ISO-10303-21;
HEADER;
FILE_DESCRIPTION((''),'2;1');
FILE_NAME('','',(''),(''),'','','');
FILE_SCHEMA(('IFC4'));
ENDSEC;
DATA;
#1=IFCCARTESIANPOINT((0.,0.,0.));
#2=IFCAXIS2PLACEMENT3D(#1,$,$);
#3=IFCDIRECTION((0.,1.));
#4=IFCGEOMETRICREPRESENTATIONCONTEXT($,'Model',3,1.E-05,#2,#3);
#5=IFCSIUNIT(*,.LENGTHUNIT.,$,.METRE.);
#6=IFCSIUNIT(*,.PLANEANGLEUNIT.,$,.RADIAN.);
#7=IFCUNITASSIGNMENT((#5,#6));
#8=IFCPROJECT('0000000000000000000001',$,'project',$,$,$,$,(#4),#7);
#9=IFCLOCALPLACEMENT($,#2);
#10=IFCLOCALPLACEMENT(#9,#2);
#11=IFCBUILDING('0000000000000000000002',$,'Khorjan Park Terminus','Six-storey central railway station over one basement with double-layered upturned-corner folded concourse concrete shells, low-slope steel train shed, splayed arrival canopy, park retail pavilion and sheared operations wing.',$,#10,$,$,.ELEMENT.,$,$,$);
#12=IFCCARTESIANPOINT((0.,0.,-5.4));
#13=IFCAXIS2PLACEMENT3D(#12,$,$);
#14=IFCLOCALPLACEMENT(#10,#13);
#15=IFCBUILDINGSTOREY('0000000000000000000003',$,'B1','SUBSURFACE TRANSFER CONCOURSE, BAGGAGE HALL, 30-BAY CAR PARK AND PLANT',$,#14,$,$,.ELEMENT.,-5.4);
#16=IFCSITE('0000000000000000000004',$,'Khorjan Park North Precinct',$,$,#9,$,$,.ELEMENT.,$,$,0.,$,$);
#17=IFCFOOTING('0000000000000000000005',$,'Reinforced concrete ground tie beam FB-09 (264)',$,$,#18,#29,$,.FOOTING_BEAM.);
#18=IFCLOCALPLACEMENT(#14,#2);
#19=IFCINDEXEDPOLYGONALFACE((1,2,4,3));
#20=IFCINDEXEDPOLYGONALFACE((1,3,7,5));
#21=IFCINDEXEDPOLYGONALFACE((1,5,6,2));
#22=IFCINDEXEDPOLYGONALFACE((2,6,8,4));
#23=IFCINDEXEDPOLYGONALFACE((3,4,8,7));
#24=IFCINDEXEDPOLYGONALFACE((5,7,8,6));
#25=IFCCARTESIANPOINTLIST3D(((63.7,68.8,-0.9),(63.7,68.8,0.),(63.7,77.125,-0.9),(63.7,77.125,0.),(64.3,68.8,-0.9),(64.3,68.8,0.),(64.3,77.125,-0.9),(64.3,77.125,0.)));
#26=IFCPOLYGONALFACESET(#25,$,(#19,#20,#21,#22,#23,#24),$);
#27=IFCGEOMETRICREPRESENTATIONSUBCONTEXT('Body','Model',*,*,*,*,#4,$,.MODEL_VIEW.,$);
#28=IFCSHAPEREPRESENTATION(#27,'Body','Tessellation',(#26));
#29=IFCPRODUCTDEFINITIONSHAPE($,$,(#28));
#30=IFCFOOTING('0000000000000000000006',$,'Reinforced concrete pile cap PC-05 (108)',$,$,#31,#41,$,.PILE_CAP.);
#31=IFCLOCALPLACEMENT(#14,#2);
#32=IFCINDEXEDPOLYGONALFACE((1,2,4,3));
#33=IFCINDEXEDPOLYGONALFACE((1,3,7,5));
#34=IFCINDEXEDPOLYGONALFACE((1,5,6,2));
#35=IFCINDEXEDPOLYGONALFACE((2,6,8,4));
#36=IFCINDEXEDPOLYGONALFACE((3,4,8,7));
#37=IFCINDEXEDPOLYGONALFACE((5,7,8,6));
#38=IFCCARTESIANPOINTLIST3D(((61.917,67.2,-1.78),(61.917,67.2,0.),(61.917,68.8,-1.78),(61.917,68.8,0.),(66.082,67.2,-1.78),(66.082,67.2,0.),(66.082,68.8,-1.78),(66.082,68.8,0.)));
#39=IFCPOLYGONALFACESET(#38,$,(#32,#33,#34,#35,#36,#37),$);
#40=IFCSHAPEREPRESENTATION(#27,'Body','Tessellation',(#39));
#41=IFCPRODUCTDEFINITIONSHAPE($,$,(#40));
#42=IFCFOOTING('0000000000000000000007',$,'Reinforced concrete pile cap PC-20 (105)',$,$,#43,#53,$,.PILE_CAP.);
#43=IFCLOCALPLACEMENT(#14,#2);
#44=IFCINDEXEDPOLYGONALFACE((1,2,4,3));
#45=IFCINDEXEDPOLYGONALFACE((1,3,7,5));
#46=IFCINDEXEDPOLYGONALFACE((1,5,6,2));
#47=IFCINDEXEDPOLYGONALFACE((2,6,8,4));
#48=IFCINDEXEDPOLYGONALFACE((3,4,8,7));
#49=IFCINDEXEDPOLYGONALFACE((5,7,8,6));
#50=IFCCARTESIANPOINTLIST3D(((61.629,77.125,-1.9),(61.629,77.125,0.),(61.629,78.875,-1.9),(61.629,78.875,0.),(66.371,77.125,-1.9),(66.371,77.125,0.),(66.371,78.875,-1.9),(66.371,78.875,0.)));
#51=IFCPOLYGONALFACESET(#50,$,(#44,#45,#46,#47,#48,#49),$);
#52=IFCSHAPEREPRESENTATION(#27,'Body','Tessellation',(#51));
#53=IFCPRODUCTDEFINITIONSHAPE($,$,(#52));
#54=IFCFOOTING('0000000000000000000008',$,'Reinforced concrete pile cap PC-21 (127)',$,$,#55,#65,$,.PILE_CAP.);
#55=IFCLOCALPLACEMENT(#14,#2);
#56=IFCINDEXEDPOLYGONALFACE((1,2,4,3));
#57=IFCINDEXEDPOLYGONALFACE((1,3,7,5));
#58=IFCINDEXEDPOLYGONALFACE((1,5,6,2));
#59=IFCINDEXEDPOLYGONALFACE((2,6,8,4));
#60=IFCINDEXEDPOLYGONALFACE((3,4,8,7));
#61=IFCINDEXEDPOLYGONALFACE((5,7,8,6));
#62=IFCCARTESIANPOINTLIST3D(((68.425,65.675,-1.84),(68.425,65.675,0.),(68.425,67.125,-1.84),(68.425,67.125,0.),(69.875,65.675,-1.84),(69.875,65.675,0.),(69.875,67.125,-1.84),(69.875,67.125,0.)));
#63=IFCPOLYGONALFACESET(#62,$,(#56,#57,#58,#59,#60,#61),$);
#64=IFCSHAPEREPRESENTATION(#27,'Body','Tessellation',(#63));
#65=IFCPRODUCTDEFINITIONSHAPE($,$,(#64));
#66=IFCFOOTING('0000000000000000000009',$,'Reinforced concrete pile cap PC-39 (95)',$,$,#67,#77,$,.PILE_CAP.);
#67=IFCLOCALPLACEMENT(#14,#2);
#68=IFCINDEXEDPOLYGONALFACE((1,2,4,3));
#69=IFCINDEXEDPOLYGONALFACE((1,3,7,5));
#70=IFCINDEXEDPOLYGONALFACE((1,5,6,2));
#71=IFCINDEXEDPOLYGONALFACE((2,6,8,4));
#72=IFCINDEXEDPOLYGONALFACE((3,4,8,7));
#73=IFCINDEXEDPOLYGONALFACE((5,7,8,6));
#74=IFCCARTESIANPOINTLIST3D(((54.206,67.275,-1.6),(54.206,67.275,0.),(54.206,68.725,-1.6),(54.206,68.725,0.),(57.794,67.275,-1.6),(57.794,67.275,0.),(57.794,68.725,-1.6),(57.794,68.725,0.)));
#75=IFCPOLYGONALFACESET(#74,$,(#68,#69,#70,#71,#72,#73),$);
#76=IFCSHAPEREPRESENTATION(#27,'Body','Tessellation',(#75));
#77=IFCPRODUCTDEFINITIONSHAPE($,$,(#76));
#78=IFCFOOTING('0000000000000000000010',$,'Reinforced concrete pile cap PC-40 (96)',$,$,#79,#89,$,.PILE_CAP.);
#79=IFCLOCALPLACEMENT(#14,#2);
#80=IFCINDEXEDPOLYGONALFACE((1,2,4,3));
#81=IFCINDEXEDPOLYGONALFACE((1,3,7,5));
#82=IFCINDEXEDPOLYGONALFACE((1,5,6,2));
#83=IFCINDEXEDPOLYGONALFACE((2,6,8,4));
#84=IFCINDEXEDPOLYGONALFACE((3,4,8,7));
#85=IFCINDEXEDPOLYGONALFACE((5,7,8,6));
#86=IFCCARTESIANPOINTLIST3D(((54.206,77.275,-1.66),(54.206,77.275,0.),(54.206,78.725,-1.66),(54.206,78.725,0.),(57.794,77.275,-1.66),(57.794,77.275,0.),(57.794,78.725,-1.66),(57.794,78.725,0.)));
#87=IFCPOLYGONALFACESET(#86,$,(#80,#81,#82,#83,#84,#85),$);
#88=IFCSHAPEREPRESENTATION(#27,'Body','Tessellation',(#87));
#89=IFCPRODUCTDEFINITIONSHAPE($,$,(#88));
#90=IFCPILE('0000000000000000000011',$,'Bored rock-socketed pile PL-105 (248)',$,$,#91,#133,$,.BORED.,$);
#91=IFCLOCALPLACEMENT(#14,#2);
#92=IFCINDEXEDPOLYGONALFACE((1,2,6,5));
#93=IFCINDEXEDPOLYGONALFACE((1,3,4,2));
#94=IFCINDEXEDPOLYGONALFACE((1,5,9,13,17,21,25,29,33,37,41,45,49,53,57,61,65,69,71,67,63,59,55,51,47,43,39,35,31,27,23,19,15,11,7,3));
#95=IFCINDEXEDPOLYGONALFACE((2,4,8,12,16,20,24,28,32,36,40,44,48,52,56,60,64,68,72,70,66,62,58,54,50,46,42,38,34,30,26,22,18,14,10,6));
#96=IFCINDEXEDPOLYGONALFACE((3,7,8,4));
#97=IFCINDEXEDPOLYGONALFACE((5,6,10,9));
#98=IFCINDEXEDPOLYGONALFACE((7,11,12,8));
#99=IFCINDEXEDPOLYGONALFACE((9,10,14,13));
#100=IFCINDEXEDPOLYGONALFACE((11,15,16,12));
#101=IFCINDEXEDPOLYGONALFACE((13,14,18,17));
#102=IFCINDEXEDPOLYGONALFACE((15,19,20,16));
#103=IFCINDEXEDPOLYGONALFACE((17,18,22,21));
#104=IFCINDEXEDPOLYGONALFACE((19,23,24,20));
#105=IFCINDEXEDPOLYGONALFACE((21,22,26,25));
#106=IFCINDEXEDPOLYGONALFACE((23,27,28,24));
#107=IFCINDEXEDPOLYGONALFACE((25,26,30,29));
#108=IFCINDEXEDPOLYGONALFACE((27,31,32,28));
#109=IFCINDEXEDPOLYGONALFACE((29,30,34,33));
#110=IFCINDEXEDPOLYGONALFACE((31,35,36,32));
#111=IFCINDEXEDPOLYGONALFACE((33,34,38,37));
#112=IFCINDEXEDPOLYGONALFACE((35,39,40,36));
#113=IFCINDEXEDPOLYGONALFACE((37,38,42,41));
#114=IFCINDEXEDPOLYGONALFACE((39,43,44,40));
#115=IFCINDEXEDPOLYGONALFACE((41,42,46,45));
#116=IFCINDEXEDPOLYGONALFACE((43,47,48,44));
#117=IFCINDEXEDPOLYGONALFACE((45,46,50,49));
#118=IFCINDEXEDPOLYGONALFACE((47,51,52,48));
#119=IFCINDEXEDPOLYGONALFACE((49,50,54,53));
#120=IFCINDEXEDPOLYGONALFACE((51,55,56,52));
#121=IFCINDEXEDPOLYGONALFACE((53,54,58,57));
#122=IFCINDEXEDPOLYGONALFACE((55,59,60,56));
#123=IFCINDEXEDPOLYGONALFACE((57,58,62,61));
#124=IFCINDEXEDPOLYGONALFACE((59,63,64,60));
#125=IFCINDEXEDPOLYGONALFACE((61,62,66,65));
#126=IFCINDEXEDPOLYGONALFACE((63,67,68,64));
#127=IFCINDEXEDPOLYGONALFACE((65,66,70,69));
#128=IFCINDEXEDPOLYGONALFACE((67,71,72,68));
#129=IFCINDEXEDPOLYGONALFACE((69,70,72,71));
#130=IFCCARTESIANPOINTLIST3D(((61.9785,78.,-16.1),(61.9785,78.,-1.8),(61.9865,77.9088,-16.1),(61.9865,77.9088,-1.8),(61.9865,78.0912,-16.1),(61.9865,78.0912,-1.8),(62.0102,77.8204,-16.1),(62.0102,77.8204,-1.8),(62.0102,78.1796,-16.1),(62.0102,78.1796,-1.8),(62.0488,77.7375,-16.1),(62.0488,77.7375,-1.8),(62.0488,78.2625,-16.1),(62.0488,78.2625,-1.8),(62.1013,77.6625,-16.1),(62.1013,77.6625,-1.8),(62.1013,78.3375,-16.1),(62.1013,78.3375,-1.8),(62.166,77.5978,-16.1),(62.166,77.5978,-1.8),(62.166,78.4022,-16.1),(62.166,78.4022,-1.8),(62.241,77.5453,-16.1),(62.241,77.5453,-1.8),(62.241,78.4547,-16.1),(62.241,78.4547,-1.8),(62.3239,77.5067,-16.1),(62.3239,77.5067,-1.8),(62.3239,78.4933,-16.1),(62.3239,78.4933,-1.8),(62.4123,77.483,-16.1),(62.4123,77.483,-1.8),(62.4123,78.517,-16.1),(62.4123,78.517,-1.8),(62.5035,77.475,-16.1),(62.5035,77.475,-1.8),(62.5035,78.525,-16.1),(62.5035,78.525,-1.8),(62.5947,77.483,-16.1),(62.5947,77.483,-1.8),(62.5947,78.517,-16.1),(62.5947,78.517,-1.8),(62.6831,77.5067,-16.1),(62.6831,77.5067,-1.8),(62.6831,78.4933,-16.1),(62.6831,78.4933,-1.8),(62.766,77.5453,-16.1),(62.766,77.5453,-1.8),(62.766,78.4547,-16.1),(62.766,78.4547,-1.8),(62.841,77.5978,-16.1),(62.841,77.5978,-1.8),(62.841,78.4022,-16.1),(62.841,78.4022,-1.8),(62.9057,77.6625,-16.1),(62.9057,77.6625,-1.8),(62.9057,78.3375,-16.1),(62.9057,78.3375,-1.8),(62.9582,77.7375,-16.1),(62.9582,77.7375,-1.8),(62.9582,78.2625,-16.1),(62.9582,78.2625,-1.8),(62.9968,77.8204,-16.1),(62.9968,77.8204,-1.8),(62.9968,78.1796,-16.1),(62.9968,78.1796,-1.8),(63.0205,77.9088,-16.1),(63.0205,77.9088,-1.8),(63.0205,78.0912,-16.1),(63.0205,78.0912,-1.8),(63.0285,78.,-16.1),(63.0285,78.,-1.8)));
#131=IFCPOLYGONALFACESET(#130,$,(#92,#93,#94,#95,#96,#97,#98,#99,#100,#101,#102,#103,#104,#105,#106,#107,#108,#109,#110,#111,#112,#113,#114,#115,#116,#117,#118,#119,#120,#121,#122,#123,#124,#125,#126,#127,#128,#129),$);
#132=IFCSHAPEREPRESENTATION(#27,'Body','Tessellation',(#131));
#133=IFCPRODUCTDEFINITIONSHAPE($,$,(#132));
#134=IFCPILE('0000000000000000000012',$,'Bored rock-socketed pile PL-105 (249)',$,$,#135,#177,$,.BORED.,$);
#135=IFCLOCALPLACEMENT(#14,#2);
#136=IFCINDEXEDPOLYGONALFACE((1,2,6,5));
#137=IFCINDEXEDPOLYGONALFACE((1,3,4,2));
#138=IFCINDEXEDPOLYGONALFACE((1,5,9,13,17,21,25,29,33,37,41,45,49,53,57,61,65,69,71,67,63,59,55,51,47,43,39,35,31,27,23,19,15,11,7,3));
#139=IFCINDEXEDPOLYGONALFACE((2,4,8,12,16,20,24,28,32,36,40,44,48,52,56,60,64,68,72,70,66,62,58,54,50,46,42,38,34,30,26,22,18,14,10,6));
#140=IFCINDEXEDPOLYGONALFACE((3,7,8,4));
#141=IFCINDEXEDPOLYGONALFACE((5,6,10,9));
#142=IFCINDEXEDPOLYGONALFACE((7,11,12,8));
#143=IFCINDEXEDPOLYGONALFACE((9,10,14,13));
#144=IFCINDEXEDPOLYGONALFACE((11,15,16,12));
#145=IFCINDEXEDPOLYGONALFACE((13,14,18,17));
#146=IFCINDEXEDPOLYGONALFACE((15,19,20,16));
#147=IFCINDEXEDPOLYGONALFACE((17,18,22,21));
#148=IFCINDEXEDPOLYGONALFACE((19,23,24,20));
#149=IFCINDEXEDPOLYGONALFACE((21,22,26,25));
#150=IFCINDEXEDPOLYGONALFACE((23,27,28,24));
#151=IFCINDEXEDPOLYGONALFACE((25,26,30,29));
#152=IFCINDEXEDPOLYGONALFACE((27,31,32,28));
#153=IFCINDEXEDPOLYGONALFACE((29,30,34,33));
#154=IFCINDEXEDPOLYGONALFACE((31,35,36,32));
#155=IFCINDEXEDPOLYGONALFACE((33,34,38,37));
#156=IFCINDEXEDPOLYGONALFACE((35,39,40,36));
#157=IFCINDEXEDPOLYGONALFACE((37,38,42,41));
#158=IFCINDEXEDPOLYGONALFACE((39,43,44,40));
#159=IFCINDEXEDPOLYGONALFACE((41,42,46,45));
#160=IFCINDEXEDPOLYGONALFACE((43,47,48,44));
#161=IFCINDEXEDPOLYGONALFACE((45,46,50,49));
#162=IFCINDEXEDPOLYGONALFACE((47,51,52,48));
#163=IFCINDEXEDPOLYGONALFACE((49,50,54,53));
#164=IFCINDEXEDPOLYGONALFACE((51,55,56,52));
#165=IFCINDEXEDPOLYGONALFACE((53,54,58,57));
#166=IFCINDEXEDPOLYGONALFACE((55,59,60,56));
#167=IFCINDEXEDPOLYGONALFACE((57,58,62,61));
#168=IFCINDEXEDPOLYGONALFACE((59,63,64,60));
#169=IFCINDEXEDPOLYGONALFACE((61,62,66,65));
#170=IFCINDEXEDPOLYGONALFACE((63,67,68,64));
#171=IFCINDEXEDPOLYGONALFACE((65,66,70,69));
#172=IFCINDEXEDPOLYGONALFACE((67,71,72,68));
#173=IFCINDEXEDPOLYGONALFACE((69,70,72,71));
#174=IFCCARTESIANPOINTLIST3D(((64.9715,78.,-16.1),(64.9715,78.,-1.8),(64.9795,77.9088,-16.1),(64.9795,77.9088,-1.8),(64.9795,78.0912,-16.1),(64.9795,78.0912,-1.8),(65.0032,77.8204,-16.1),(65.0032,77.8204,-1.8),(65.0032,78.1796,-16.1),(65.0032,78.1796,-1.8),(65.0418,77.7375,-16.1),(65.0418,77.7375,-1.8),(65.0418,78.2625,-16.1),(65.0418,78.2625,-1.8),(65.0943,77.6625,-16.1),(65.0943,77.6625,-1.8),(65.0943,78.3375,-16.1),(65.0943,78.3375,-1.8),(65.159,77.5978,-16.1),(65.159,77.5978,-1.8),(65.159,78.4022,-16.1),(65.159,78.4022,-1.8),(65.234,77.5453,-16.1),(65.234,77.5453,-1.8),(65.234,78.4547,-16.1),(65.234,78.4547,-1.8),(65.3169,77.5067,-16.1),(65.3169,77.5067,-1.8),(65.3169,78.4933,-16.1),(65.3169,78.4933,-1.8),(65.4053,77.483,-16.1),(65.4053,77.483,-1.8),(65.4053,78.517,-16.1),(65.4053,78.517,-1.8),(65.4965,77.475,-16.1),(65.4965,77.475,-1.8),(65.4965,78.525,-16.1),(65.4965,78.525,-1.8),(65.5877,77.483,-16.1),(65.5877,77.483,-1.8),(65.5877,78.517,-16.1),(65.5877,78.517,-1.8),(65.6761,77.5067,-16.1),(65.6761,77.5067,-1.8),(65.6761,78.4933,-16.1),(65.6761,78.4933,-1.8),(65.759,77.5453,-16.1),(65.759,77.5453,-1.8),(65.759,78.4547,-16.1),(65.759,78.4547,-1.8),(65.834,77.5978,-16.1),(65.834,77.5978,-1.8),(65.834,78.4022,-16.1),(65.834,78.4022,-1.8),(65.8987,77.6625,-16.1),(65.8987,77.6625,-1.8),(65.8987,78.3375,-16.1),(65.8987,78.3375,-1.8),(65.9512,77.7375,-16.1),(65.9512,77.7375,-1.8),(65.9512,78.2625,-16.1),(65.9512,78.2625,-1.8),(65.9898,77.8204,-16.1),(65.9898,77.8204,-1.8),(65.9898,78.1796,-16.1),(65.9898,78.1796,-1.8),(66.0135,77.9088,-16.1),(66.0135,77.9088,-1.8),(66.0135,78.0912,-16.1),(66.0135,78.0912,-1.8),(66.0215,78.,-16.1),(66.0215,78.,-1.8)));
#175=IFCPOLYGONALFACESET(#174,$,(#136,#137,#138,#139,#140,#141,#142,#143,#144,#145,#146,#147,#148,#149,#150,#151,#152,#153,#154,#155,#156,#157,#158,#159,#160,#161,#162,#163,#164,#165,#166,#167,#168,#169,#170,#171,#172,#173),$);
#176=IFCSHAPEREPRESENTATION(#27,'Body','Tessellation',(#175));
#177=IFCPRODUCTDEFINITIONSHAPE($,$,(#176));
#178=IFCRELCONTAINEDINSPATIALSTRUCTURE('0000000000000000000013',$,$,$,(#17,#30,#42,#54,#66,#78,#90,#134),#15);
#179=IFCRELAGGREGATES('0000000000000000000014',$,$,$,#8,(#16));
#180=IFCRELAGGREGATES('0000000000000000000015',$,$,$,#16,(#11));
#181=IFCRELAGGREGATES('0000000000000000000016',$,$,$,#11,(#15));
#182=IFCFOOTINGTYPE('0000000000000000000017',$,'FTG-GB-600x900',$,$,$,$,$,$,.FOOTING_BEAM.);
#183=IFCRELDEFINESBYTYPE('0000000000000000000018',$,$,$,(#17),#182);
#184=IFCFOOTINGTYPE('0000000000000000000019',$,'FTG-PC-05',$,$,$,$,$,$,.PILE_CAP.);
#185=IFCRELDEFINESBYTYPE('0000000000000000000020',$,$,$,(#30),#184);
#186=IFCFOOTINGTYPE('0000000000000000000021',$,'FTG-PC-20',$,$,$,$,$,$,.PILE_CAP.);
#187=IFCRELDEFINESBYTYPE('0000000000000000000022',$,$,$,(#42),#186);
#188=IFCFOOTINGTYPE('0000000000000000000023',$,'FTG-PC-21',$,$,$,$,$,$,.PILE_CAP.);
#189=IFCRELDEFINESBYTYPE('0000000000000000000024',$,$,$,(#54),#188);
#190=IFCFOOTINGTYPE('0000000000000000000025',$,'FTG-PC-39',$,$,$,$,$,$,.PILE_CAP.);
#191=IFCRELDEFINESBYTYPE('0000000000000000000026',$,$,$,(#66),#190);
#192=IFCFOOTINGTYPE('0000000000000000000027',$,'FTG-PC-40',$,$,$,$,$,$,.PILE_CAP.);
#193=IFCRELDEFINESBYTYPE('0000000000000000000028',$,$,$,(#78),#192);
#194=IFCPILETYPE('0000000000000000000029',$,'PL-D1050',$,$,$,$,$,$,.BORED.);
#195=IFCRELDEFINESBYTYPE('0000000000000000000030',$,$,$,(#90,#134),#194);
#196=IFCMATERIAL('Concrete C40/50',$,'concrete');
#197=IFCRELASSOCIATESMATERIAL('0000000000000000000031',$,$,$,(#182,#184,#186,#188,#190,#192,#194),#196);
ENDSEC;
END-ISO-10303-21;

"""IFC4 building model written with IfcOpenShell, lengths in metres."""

from ifc_helpers import new_model, si_unit, direction, frame, origin, origin_2d, place, context, subcontext, project, spatial, rectangle, circle, extrude, material, material_profile, profile_set, type_object, element, save


model = new_model("IFC4")

# Units and contexts
model_context = context("Model", 3, precision=1e-05, world=origin(), true_north=direction((0.0, 1.0)))
body_context = subcontext(model_context, "Body", "Model", "MODEL_VIEW")
ifc_project = project(units=[si_unit("LENGTHUNIT", "METRE"), si_unit("PLANEANGLEUNIT", "RADIAN")], contexts=[model_context])

# Site, building, storey
site_placement = place(None, origin())
site = spatial("IfcSite", under=ifc_project, at=site_placement, Name="Khorjan Park North Precinct", CompositionType="ELEMENT", RefElevation=0.0)
building_placement = place(site_placement, origin())
building = spatial("IfcBuilding", under=site, at=building_placement, Name="Khorjan Park Terminus", Description="Six-storey central railway station over one basement with double-layered upturned-corner folded concourse concrete shells, low-slope steel train shed, splayed arrival canopy, park retail pavilion and sheared operations wing.", CompositionType="ELEMENT")
storey_placement = place(building_placement, frame((0.0, 0.0, -5.4)))
storey = spatial("IfcBuildingStorey", under=building, at=storey_placement, Name="B1", Description="SUBSURFACE TRANSFER CONCOURSE, BAGGAGE HALL, 30-BAY CAR PARK AND PLANT", CompositionType="ELEMENT", Elevation=-5.4)

# Footings
ifc_material_1 = material(Name="Concrete C40/50", Category="concrete")
ifc_material_profile_1 = material_profile(ifc_material_1, rectangle(XDim=0.6, YDim=0.9, at=origin_2d()), Name="RC 600x900")
ifc_profile_set_1 = profile_set([ifc_material_profile_1], Name="Concrete C40/50")
footing_type_1 = type_object("IfcFootingType", Name="FTG-GB-600x900", PredefinedType="FOOTING_BEAM", material=ifc_profile_set_1)
footing_1_placement = place(storey_placement, frame((64.0, 68.8, -0.45), z_axis=(0.0, 1.0, 0.0), x_axis=(-1.0, 0.0, 0.0)))
element("IfcFooting", 1, at=footing_1_placement, inside=storey, type_object=footing_type_1, Name="Reinforced concrete ground tie beam FB-09 (264)", PredefinedType="FOOTING_BEAM", context=body_context, shape_type="SweptSolid", body=[
    extrude(rectangle(XDim=0.6, YDim=0.9, at=origin_2d()), origin(), (0.0, 0.0, 1.0), 8.325),
])
footing_type_2 = type_object("IfcFootingType", Name="FTG-PC-05", PredefinedType="PILE_CAP", material=ifc_material_1)
footing_2_placement = place(storey_placement, frame((63.9995, 68.0, -1.78), z_axis=(0.0, 0.0, 1.0), x_axis=(1.0, 0.0, 0.0)))
element("IfcFooting", 2, at=footing_2_placement, inside=storey, type_object=footing_type_2, Name="Reinforced concrete pile cap PC-05 (108)", PredefinedType="PILE_CAP", context=body_context, shape_type="SweptSolid", body=[
    extrude(rectangle(XDim=4.165, YDim=1.6, at=origin_2d()), origin(), (0.0, 0.0, 1.0), 1.78),
])
footing_type_3 = type_object("IfcFootingType", Name="FTG-PC-20", PredefinedType="PILE_CAP", material=ifc_material_1)
footing_3_placement = place(storey_placement, frame((64.0, 78.0, -1.9), z_axis=(0.0, 0.0, 1.0), x_axis=(1.0, 0.0, 0.0)))
element("IfcFooting", 3, at=footing_3_placement, inside=storey, type_object=footing_type_3, Name="Reinforced concrete pile cap PC-20 (105)", PredefinedType="PILE_CAP", context=body_context, shape_type="SweptSolid", body=[
    extrude(rectangle(XDim=4.742, YDim=1.75, at=origin_2d()), origin(), (0.0, 0.0, 1.0), 1.9),
])
footing_type_4 = type_object("IfcFootingType", Name="FTG-PC-21", PredefinedType="PILE_CAP", material=ifc_material_1)
footing_4_placement = place(storey_placement, frame((69.15, 66.4, -1.84), z_axis=(0.0, 0.0, 1.0), x_axis=(1.0, 0.0, 0.0)))
element("IfcFooting", 4, at=footing_4_placement, inside=storey, type_object=footing_type_4, Name="Reinforced concrete pile cap PC-21 (127)", PredefinedType="PILE_CAP", context=body_context, shape_type="SweptSolid", body=[
    extrude(rectangle(XDim=1.45, YDim=1.45, at=origin_2d()), origin(), (0.0, 0.0, 1.0), 1.84),
])
footing_type_5 = type_object("IfcFootingType", Name="FTG-PC-39", PredefinedType="PILE_CAP", material=ifc_material_1)
footing_5_placement = place(storey_placement, frame((56.0, 68.0, -1.6), z_axis=(0.0, 0.0, 1.0), x_axis=(1.0, 0.0, 0.0)))
element("IfcFooting", 5, at=footing_5_placement, inside=storey, type_object=footing_type_5, Name="Reinforced concrete pile cap PC-39 (95)", PredefinedType="PILE_CAP", context=body_context, shape_type="SweptSolid", body=[
    extrude(rectangle(XDim=3.588, YDim=1.45, at=origin_2d()), origin(), (0.0, 0.0, 1.0), 1.6),
])
footing_type_6 = type_object("IfcFootingType", Name="FTG-PC-40", PredefinedType="PILE_CAP", material=ifc_material_1)
footing_6_placement = place(storey_placement, frame((56.0, 78.0, -1.66), z_axis=(0.0, 0.0, 1.0), x_axis=(1.0, 0.0, 0.0)))
element("IfcFooting", 6, at=footing_6_placement, inside=storey, type_object=footing_type_6, Name="Reinforced concrete pile cap PC-40 (96)", PredefinedType="PILE_CAP", context=body_context, shape_type="SweptSolid", body=[
    extrude(rectangle(XDim=3.588, YDim=1.45, at=origin_2d()), origin(), (0.0, 0.0, 1.0), 1.66),
])

# Piles
ifc_material_profile_2 = material_profile(ifc_material_1, circle(Radius=0.525, at=origin_2d()), Name="BORED D1050")
ifc_profile_set_2 = profile_set([ifc_material_profile_2], Name="Concrete C40/50")
pile_type_1 = type_object("IfcPileType", Name="PL-D1050", PredefinedType="BORED", material=ifc_profile_set_2)
for number, where, z_axis, x_axis, name in (
    (7, (62.5035, 78.0, -1.8), (0.0, 0.0, -1.0), (1.0, 0.0, 0.0), "Bored rock-socketed pile PL-105 (248)"),
    (8, (65.4965, 78.0, -1.8), (0.0, 0.0, -1.0), (1.0, 0.0, 0.0), "Bored rock-socketed pile PL-105 (249)"),
):
    element("IfcPile", number, at=place(storey_placement, frame(where, z_axis=z_axis, x_axis=x_axis)), inside=storey, type_object=pile_type_1, Name=name, PredefinedType="BORED", context=body_context, shape_type="SweptSolid", body=[
        extrude(circle(Radius=0.525, at=origin_2d()), origin(), (0.0, 0.0, 1.0), 14.3),
    ])

save(model, "model.ifc")
